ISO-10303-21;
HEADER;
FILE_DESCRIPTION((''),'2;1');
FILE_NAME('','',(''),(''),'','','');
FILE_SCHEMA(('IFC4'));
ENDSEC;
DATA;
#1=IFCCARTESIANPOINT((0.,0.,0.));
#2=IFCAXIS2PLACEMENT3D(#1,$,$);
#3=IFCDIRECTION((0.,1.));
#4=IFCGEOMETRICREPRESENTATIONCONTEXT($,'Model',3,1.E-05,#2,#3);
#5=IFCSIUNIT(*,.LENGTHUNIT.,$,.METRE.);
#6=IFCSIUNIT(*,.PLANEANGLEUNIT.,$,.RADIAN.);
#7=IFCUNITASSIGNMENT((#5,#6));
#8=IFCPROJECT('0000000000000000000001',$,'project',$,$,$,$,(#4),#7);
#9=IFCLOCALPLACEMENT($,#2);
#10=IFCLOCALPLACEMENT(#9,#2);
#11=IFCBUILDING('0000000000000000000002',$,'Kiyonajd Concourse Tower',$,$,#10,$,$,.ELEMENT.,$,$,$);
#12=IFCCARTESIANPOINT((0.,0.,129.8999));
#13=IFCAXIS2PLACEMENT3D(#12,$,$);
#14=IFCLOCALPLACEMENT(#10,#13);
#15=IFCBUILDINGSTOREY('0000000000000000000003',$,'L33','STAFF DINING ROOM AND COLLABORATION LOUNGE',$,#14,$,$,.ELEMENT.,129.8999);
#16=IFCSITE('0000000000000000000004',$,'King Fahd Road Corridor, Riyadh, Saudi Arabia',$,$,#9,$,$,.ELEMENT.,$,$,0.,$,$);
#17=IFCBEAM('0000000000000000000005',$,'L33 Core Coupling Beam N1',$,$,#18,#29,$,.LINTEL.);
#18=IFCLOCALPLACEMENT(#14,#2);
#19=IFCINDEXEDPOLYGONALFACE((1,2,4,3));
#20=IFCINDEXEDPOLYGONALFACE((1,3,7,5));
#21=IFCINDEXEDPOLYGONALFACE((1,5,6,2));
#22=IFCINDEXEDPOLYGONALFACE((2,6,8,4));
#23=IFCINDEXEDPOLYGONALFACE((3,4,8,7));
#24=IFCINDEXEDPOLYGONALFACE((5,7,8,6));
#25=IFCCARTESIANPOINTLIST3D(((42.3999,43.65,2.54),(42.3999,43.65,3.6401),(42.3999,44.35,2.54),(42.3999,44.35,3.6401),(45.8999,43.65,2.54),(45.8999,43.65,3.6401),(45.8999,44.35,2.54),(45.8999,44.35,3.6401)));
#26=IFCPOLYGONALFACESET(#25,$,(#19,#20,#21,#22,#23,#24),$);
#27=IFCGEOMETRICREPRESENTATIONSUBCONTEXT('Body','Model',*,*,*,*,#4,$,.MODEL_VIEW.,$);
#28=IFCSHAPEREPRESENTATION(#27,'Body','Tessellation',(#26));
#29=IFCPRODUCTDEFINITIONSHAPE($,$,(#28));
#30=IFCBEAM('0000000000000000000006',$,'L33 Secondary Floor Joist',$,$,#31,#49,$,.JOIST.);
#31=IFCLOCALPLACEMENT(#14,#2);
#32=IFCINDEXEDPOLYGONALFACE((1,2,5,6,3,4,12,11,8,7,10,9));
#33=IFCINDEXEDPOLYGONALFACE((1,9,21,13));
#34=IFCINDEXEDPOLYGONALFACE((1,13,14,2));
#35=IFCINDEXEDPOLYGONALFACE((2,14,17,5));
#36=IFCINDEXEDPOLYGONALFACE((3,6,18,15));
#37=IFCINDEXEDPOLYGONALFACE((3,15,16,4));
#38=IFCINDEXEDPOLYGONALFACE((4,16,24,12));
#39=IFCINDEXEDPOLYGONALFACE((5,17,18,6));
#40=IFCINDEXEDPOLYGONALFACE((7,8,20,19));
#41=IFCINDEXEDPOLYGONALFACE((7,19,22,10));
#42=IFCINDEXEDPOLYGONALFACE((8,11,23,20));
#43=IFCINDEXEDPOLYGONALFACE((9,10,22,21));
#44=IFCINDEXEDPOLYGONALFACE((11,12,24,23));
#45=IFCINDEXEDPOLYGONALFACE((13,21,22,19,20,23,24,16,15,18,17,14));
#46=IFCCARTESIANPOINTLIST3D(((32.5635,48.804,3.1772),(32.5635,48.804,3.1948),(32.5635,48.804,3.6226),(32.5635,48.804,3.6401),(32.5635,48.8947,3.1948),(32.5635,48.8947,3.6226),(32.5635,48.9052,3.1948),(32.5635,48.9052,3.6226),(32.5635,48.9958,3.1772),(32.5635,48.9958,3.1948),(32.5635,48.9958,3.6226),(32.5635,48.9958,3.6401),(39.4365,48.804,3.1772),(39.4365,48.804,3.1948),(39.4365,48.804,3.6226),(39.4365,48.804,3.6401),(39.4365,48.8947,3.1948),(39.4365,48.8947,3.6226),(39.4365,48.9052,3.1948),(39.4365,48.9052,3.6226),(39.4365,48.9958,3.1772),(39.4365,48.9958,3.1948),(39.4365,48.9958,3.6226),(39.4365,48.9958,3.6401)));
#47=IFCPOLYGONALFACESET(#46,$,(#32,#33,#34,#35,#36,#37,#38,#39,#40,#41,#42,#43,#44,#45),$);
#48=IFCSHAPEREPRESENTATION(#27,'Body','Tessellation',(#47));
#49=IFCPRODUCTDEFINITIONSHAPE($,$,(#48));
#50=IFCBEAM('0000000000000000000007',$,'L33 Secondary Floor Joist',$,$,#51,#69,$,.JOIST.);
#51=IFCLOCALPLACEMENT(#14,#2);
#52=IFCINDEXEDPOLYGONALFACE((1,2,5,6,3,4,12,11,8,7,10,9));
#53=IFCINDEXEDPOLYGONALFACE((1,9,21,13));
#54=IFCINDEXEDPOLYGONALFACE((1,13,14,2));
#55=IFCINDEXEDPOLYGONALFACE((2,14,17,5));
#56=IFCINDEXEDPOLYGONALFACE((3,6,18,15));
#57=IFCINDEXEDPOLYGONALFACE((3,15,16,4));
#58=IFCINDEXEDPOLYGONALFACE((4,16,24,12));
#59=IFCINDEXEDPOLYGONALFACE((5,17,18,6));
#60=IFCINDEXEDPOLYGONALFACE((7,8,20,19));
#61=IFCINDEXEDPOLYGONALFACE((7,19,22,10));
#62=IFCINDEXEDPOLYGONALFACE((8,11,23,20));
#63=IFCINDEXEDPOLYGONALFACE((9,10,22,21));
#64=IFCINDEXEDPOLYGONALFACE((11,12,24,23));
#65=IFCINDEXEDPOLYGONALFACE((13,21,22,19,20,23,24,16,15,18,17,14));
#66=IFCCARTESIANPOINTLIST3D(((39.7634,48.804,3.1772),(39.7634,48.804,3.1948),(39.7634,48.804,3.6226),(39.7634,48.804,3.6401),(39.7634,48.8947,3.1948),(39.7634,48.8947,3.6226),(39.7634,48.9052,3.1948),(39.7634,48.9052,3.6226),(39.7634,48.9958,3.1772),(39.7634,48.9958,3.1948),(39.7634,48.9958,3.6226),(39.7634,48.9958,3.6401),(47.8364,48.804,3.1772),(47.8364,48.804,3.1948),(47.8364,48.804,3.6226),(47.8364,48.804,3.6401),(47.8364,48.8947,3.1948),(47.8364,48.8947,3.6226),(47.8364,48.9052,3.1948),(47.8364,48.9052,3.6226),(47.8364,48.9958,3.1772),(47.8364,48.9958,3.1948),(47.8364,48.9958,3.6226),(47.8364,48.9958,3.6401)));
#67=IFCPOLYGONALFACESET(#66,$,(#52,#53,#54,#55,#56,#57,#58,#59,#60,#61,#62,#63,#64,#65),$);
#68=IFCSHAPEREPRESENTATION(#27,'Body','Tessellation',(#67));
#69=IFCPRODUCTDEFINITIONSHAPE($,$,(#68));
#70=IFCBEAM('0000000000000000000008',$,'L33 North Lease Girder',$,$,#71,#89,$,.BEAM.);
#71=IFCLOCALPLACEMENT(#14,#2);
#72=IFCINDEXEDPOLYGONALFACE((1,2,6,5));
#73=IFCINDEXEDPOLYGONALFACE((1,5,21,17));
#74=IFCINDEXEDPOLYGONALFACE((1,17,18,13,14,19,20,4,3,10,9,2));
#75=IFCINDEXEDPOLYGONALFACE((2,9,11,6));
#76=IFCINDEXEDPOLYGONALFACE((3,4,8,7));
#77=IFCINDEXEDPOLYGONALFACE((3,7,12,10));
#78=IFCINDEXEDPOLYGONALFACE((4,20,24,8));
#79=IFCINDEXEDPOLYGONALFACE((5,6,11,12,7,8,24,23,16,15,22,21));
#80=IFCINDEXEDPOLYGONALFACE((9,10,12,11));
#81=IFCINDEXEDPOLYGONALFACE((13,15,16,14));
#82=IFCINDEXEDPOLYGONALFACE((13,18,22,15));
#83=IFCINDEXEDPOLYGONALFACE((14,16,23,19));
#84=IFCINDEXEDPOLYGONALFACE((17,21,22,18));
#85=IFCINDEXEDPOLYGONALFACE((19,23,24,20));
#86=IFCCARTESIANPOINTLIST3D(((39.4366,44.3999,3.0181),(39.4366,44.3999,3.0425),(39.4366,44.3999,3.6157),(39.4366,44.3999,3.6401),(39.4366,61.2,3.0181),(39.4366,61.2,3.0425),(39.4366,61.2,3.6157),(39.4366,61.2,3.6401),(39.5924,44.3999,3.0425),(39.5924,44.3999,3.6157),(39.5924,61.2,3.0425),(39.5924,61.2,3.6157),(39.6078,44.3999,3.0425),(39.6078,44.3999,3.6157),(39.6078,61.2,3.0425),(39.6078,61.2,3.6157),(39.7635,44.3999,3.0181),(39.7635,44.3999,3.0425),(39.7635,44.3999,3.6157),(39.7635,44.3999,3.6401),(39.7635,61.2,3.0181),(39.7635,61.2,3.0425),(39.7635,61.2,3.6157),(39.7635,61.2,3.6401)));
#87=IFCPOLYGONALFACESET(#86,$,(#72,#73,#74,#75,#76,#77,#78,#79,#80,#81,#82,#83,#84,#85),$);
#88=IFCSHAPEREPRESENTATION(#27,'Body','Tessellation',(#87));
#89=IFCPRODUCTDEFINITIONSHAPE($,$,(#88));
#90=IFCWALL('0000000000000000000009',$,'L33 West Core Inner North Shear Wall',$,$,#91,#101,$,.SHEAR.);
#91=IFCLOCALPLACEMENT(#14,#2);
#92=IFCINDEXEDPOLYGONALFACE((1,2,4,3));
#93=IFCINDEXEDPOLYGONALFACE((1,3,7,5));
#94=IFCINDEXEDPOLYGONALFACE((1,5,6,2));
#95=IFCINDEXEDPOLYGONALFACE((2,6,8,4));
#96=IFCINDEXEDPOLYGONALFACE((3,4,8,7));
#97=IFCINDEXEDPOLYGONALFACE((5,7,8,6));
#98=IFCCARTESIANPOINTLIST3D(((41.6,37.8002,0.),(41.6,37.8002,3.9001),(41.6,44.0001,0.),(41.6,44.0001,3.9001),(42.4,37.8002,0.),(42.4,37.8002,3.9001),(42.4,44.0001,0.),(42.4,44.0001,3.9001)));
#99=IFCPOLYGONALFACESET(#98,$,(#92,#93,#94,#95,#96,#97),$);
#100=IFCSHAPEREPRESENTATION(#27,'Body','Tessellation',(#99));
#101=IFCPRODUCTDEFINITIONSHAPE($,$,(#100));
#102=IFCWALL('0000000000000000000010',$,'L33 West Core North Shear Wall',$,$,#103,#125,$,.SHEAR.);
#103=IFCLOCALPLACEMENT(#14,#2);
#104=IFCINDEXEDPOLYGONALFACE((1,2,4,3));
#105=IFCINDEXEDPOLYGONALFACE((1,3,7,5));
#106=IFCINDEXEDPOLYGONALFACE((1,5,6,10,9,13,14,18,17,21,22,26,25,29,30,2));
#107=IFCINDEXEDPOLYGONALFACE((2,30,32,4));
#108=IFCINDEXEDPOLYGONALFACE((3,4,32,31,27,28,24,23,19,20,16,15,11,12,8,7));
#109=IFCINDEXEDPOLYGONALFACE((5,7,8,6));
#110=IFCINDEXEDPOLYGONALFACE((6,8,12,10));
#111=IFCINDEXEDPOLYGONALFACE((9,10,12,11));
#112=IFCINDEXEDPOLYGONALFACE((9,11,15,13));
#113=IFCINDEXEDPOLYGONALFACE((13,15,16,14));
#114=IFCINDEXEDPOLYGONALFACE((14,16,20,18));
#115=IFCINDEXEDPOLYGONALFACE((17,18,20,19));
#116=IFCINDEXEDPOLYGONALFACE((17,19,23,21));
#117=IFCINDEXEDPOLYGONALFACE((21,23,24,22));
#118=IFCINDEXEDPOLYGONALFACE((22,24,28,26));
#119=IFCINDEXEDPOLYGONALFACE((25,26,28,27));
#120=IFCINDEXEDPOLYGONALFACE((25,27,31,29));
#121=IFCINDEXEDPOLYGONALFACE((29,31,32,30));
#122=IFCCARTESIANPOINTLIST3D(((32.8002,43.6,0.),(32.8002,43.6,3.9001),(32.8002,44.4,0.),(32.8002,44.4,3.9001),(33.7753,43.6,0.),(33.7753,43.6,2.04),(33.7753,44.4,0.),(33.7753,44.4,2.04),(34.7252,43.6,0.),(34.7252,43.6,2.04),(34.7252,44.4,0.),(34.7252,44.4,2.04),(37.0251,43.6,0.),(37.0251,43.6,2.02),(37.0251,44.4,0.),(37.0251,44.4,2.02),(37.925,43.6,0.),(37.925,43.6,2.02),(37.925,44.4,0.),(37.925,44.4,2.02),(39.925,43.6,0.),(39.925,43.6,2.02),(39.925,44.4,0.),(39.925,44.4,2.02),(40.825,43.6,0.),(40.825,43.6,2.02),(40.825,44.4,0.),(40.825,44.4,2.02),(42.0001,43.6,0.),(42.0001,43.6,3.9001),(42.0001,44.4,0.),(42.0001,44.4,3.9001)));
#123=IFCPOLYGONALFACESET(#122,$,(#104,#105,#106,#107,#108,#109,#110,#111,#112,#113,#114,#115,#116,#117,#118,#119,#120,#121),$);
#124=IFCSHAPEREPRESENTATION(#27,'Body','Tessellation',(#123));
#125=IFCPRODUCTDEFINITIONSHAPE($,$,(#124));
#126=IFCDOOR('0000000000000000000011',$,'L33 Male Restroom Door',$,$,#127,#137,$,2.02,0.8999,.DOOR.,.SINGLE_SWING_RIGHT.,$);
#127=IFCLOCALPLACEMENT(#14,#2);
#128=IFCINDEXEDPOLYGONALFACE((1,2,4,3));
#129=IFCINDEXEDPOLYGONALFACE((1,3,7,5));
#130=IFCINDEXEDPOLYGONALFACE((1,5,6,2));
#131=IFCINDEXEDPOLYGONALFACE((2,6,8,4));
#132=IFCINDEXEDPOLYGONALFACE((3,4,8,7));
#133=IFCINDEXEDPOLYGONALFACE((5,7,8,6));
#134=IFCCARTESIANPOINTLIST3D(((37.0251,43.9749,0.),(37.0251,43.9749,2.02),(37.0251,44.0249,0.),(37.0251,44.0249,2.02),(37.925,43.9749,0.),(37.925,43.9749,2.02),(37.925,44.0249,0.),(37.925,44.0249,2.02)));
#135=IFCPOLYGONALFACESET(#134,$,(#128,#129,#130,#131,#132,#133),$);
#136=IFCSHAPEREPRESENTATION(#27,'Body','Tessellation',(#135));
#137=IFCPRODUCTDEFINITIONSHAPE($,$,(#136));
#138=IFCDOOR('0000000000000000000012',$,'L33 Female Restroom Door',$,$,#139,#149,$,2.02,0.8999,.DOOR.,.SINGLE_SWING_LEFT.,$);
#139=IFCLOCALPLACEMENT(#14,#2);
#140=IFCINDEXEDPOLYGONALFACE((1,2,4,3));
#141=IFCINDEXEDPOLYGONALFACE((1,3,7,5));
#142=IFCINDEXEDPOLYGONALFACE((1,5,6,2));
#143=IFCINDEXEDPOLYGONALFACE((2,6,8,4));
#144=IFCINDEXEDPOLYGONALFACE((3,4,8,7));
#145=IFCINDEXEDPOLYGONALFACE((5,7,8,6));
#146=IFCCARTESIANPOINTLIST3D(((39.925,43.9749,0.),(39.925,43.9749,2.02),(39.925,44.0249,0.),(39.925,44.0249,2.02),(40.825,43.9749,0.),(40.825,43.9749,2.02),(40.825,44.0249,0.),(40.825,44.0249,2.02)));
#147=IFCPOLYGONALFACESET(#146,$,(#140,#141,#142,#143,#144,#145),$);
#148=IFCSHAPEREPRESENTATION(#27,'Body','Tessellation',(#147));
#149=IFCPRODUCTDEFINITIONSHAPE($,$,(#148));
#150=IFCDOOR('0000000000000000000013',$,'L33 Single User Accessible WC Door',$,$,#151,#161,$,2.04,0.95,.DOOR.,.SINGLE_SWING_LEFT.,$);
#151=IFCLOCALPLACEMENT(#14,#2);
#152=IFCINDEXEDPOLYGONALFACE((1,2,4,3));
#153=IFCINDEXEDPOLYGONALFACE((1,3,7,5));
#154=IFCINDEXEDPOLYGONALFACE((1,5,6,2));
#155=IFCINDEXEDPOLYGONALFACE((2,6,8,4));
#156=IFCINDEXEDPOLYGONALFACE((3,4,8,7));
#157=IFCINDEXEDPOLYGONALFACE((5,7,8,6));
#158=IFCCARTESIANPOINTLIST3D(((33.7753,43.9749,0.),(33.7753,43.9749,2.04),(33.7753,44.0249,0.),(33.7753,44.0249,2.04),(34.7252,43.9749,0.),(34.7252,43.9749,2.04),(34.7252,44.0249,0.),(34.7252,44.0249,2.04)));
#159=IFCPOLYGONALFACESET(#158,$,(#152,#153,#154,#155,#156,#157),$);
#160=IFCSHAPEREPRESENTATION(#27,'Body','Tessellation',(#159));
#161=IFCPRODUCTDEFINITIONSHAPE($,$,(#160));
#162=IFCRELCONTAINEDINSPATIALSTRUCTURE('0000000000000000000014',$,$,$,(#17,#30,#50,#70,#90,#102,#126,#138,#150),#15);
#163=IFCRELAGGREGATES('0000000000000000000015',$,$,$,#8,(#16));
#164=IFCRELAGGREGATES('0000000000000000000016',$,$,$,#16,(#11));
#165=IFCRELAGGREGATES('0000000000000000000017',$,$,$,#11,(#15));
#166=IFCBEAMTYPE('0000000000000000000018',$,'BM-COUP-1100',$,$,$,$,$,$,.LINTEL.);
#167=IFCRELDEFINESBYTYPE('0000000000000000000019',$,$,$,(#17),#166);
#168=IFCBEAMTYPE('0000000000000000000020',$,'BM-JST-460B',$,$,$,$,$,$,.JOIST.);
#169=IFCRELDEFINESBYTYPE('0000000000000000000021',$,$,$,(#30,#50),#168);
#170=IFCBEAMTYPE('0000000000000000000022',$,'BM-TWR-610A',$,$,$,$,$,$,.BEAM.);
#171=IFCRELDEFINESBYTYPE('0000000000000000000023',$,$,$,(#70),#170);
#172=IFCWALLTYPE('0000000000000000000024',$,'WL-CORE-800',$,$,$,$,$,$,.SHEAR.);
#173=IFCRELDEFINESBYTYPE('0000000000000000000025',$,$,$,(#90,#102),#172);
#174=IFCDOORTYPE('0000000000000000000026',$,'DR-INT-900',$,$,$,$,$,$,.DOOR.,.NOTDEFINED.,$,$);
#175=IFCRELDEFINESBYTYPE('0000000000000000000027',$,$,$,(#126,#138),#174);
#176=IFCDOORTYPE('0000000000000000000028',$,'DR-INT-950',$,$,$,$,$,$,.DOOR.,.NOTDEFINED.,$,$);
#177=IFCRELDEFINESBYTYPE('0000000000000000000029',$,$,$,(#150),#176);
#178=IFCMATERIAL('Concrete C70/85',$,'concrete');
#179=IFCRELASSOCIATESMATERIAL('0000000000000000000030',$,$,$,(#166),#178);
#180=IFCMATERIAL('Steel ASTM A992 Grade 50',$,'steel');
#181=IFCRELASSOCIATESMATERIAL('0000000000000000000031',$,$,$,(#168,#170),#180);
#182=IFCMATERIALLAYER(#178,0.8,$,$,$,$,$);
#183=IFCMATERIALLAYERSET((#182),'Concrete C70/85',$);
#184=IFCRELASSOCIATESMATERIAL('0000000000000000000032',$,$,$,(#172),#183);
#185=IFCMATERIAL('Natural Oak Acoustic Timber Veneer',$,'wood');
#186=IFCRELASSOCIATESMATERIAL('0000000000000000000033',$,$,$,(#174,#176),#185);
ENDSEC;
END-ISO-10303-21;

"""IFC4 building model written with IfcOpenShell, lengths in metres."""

from ifc_helpers import new_model, si_unit, direction, frame, frame_2d, origin, origin_2d, place, context, subcontext, project, spatial, rectangle, i_section, extrude, material, layer, layer_set, material_profile, profile_set, type_object, element, fill, save


model = new_model("IFC4")

# Units and contexts
model_context = context("Model", 3, precision=1e-05, world=origin(), true_north=direction((0.0, 1.0)))
body_context = subcontext(model_context, "Body", "Model", "MODEL_VIEW")
ifc_project = project(units=[si_unit("LENGTHUNIT", "METRE"), si_unit("PLANEANGLEUNIT", "RADIAN")], contexts=[model_context])

# Site, building, storey
site_placement = place(None, origin())
site = spatial("IfcSite", under=ifc_project, at=site_placement, Name="King Fahd Road Corridor, Riyadh, Saudi Arabia", CompositionType="ELEMENT", RefElevation=0.0)
building_placement = place(site_placement, origin())
building = spatial("IfcBuilding", under=site, at=building_placement, Name="Kiyonajd Concourse Tower", CompositionType="ELEMENT")
storey_placement = place(building_placement, frame((0.0, 0.0, 129.8999)))
storey = spatial("IfcBuildingStorey", under=building, at=storey_placement, Name="L33", Description="STAFF DINING ROOM AND COLLABORATION LOUNGE", CompositionType="ELEMENT", Elevation=129.8999)

# Beams
ifc_material_1 = material(Name="Concrete C70/85", Category="concrete")
ifc_material_profile_1 = material_profile(ifc_material_1, rectangle(XDim=0.7, YDim=1.1001, at=origin_2d()), Name="RCBM-700x1100")
ifc_profile_set_1 = profile_set([ifc_material_profile_1], Name="Concrete C70/85")
beam_type_1 = type_object("IfcBeamType", Name="BM-COUP-1100", PredefinedType="LINTEL", material=ifc_profile_set_1)
beam_1_placement = place(storey_placement, frame((42.3999, 44.0, 3.0901), z_axis=(1.0, 0.0, 0.0), x_axis=(0.0, 1.0, 0.0)))
element("IfcBeam", 1, at=beam_1_placement, inside=storey, type_object=beam_type_1, Name="L33 Core Coupling Beam N1", PredefinedType="LINTEL", context=body_context, shape_type="SweptSolid", body=[
    extrude(rectangle(XDim=0.7, YDim=1.1001, at=origin_2d()), origin(), (0.0, 0.0, 1.0), 3.5),
])
ifc_material_2 = material(Name="Steel ASTM A992 Grade 50", Category="steel")
ifc_material_profile_2 = material_profile(ifc_material_2, i_section(OverallWidth=0.1919, OverallDepth=0.4629, WebThickness=0.0105, FlangeThickness=0.0176, at=origin_2d()), Name="W460X89")
ifc_profile_set_2 = profile_set([ifc_material_profile_2], Name="Steel ASTM A992 Grade 50")
beam_type_2 = type_object("IfcBeamType", Name="BM-JST-460B", PredefinedType="JOIST", material=ifc_profile_set_2)
beam_2_placement = place(storey_placement, frame((32.5635, 48.8999, 3.4087), z_axis=(1.0, 0.0, 0.0), x_axis=(0.0, 1.0, 0.0)))
element("IfcBeam", 2, at=beam_2_placement, inside=storey, type_object=beam_type_2, Name="L33 Secondary Floor Joist", PredefinedType="JOIST", context=body_context, shape_type="SweptSolid", body=[
    extrude(i_section(OverallWidth=0.1919, OverallDepth=0.4629, WebThickness=0.0105, FlangeThickness=0.0176, at=origin_2d()), origin(), (0.0, 0.0, 1.0), 6.873),
])
beam_3_placement = place(storey_placement, frame((39.7634, 48.8999, 3.4087), z_axis=(1.0, 0.0, 0.0), x_axis=(0.0, 1.0, 0.0)))
element("IfcBeam", 3, at=beam_3_placement, inside=storey, type_object=beam_type_2, Name="L33 Secondary Floor Joist", PredefinedType="JOIST", context=body_context, shape_type="SweptSolid", body=[
    extrude(i_section(OverallWidth=0.1919, OverallDepth=0.4629, WebThickness=0.0105, FlangeThickness=0.0176, at=origin_2d()), origin(), (0.0, 0.0, 1.0), 8.073),
])
ifc_material_profile_3 = material_profile(ifc_material_2, i_section(OverallWidth=0.3269, OverallDepth=0.6221, WebThickness=0.0154, FlangeThickness=0.0244, at=origin_2d()), Name="W610X195")
ifc_profile_set_3 = profile_set([ifc_material_profile_3], Name="Steel ASTM A992 Grade 50")
beam_type_3 = type_object("IfcBeamType", Name="BM-TWR-610A", PredefinedType="BEAM", material=ifc_profile_set_3)
beam_4_placement = place(storey_placement, frame((39.6001, 44.3999, 3.3291), z_axis=(0.0, 1.0, 0.0), x_axis=(-1.0, 0.0, 0.0)))
element("IfcBeam", 4, at=beam_4_placement, inside=storey, type_object=beam_type_3, Name="L33 North Lease Girder", PredefinedType="BEAM", context=body_context, shape_type="SweptSolid", body=[
    extrude(i_section(OverallWidth=0.3269, OverallDepth=0.6221, WebThickness=0.0154, FlangeThickness=0.0244, at=origin_2d()), origin(), (0.0, 0.0, 1.0), 16.8),
])

# Wall
ifc_layer_1 = layer(ifc_material_1, 0.8)
ifc_layer_set_1 = layer_set([ifc_layer_1], Name="Concrete C70/85")
wall_type_1 = type_object("IfcWallType", Name="WL-CORE-800", PredefinedType="SHEAR", material=ifc_layer_set_1)
wall_1_placement = place(storey_placement, frame((42.0, 37.8, 0.0), z_axis=(0.0, 0.0, 1.0), x_axis=(0.0, 1.0, 0.0)))
element("IfcWall", 5, at=wall_1_placement, inside=storey, type_object=wall_type_1, Name="L33 West Core Inner North Shear Wall", PredefinedType="SHEAR", context=body_context, shape_type="SweptSolid", body=[
    extrude(rectangle(XDim=6.2, YDim=0.8, at=frame_2d((3.1001, 0.0))), origin(), (0.0, 0.0, 1.0), 3.9001),
])

# Wall, openings, doors
wall_2_placement = place(storey_placement, frame((32.8, 44.0, 0.0), z_axis=(0.0, 0.0, 1.0), x_axis=(1.0, 0.0, 0.0)))
wall_2 = element("IfcWall", 6, at=wall_2_placement, inside=storey, type_object=wall_type_1, Name="L33 West Core North Shear Wall", PredefinedType="SHEAR", context=body_context, shape_type="SweptSolid", body=[
    extrude(rectangle(XDim=9.2, YDim=0.8, at=frame_2d((4.6001, 0.0))), origin(), (0.0, 0.0, 1.0), 3.9001),
])
opening_1_placement = place(wall_2_placement, frame((0.9751, 0.0, 0.0)))
opening_1 = element("IfcOpeningElement", 7, at=opening_1_placement, cuts=wall_2, PredefinedType="OPENING", context=body_context, shape_type="SweptSolid", body=[
    extrude(rectangle(XDim=0.95, YDim=2.04, at=frame_2d((0.4751, 1.02))), frame((0.0, 0.4099, 0.0), z_axis=(0.0, -1.0, 0.0), x_axis=(1.0, 0.0, 0.0)), (0.0, 0.0, 1.0), 0.8201),
])
opening_2_placement = place(wall_2_placement, frame((4.2251, 0.0, 0.0)))
opening_2 = element("IfcOpeningElement", 8, at=opening_2_placement, cuts=wall_2, PredefinedType="OPENING", context=body_context, shape_type="SweptSolid", body=[
    extrude(rectangle(XDim=0.8999, YDim=2.02, at=frame_2d((0.45, 1.01))), frame((0.0, 0.4099, 0.0), z_axis=(0.0, -1.0, 0.0), x_axis=(1.0, 0.0, 0.0)), (0.0, 0.0, 1.0), 0.8201),
])
opening_3_placement = place(wall_2_placement, frame((7.125, 0.0, 0.0)))
opening_3 = element("IfcOpeningElement", 9, at=opening_3_placement, cuts=wall_2, PredefinedType="OPENING", context=body_context, shape_type="SweptSolid", body=[
    extrude(rectangle(XDim=0.8999, YDim=2.02, at=frame_2d((0.45, 1.01))), frame((0.0, 0.4099, 0.0), z_axis=(0.0, -1.0, 0.0), x_axis=(1.0, 0.0, 0.0)), (0.0, 0.0, 1.0), 0.8201),
])
ifc_material_3 = material(Name="Natural Oak Acoustic Timber Veneer", Category="wood")
door_type_1 = type_object("IfcDoorType", Name="DR-INT-900", OperationType="NOTDEFINED", PredefinedType="DOOR", material=ifc_material_3)
door_1_placement = place(opening_2_placement, origin())
door_1 = element("IfcDoor", 10, at=door_1_placement, inside=storey, type_object=door_type_1, Name="L33 Male Restroom Door", OperationType="SINGLE_SWING_RIGHT", OverallHeight=2.02, OverallWidth=0.8999, PredefinedType="DOOR", context=body_context, shape_type="SweptSolid", body=[
    extrude(rectangle(XDim=0.8999, YDim=2.02, at=frame_2d((0.45, 1.01))), frame((0.0, 0.0249, 0.0), z_axis=(0.0, -1.0, 0.0), x_axis=(1.0, 0.0, 0.0)), (0.0, 0.0, 1.0), 0.05),
])
fill(opening_2, door_1)
door_2_placement = place(opening_3_placement, origin())
door_2 = element("IfcDoor", 11, at=door_2_placement, inside=storey, type_object=door_type_1, Name="L33 Female Restroom Door", OperationType="SINGLE_SWING_LEFT", OverallHeight=2.02, OverallWidth=0.8999, PredefinedType="DOOR", context=body_context, shape_type="SweptSolid", body=[
    extrude(rectangle(XDim=0.8999, YDim=2.02, at=frame_2d((0.45, 1.01))), frame((0.0, 0.0249, 0.0), z_axis=(0.0, -1.0, 0.0), x_axis=(1.0, 0.0, 0.0)), (0.0, 0.0, 1.0), 0.05),
])
fill(opening_3, door_2)
door_type_2 = type_object("IfcDoorType", Name="DR-INT-950", OperationType="NOTDEFINED", PredefinedType="DOOR", material=ifc_material_3)
door_3_placement = place(opening_1_placement, origin())
door_3 = element("IfcDoor", 12, at=door_3_placement, inside=storey, type_object=door_type_2, Name="L33 Single User Accessible WC Door", OperationType="SINGLE_SWING_LEFT", OverallHeight=2.04, OverallWidth=0.95, PredefinedType="DOOR", context=body_context, shape_type="SweptSolid", body=[
    extrude(rectangle(XDim=0.95, YDim=2.04, at=frame_2d((0.4751, 1.02))), frame((0.0, 0.0249, 0.0), z_axis=(0.0, -1.0, 0.0), x_axis=(1.0, 0.0, 0.0)), (0.0, 0.0, 1.0), 0.05),
])
fill(opening_1, door_3)

save(model, "model.ifc")
